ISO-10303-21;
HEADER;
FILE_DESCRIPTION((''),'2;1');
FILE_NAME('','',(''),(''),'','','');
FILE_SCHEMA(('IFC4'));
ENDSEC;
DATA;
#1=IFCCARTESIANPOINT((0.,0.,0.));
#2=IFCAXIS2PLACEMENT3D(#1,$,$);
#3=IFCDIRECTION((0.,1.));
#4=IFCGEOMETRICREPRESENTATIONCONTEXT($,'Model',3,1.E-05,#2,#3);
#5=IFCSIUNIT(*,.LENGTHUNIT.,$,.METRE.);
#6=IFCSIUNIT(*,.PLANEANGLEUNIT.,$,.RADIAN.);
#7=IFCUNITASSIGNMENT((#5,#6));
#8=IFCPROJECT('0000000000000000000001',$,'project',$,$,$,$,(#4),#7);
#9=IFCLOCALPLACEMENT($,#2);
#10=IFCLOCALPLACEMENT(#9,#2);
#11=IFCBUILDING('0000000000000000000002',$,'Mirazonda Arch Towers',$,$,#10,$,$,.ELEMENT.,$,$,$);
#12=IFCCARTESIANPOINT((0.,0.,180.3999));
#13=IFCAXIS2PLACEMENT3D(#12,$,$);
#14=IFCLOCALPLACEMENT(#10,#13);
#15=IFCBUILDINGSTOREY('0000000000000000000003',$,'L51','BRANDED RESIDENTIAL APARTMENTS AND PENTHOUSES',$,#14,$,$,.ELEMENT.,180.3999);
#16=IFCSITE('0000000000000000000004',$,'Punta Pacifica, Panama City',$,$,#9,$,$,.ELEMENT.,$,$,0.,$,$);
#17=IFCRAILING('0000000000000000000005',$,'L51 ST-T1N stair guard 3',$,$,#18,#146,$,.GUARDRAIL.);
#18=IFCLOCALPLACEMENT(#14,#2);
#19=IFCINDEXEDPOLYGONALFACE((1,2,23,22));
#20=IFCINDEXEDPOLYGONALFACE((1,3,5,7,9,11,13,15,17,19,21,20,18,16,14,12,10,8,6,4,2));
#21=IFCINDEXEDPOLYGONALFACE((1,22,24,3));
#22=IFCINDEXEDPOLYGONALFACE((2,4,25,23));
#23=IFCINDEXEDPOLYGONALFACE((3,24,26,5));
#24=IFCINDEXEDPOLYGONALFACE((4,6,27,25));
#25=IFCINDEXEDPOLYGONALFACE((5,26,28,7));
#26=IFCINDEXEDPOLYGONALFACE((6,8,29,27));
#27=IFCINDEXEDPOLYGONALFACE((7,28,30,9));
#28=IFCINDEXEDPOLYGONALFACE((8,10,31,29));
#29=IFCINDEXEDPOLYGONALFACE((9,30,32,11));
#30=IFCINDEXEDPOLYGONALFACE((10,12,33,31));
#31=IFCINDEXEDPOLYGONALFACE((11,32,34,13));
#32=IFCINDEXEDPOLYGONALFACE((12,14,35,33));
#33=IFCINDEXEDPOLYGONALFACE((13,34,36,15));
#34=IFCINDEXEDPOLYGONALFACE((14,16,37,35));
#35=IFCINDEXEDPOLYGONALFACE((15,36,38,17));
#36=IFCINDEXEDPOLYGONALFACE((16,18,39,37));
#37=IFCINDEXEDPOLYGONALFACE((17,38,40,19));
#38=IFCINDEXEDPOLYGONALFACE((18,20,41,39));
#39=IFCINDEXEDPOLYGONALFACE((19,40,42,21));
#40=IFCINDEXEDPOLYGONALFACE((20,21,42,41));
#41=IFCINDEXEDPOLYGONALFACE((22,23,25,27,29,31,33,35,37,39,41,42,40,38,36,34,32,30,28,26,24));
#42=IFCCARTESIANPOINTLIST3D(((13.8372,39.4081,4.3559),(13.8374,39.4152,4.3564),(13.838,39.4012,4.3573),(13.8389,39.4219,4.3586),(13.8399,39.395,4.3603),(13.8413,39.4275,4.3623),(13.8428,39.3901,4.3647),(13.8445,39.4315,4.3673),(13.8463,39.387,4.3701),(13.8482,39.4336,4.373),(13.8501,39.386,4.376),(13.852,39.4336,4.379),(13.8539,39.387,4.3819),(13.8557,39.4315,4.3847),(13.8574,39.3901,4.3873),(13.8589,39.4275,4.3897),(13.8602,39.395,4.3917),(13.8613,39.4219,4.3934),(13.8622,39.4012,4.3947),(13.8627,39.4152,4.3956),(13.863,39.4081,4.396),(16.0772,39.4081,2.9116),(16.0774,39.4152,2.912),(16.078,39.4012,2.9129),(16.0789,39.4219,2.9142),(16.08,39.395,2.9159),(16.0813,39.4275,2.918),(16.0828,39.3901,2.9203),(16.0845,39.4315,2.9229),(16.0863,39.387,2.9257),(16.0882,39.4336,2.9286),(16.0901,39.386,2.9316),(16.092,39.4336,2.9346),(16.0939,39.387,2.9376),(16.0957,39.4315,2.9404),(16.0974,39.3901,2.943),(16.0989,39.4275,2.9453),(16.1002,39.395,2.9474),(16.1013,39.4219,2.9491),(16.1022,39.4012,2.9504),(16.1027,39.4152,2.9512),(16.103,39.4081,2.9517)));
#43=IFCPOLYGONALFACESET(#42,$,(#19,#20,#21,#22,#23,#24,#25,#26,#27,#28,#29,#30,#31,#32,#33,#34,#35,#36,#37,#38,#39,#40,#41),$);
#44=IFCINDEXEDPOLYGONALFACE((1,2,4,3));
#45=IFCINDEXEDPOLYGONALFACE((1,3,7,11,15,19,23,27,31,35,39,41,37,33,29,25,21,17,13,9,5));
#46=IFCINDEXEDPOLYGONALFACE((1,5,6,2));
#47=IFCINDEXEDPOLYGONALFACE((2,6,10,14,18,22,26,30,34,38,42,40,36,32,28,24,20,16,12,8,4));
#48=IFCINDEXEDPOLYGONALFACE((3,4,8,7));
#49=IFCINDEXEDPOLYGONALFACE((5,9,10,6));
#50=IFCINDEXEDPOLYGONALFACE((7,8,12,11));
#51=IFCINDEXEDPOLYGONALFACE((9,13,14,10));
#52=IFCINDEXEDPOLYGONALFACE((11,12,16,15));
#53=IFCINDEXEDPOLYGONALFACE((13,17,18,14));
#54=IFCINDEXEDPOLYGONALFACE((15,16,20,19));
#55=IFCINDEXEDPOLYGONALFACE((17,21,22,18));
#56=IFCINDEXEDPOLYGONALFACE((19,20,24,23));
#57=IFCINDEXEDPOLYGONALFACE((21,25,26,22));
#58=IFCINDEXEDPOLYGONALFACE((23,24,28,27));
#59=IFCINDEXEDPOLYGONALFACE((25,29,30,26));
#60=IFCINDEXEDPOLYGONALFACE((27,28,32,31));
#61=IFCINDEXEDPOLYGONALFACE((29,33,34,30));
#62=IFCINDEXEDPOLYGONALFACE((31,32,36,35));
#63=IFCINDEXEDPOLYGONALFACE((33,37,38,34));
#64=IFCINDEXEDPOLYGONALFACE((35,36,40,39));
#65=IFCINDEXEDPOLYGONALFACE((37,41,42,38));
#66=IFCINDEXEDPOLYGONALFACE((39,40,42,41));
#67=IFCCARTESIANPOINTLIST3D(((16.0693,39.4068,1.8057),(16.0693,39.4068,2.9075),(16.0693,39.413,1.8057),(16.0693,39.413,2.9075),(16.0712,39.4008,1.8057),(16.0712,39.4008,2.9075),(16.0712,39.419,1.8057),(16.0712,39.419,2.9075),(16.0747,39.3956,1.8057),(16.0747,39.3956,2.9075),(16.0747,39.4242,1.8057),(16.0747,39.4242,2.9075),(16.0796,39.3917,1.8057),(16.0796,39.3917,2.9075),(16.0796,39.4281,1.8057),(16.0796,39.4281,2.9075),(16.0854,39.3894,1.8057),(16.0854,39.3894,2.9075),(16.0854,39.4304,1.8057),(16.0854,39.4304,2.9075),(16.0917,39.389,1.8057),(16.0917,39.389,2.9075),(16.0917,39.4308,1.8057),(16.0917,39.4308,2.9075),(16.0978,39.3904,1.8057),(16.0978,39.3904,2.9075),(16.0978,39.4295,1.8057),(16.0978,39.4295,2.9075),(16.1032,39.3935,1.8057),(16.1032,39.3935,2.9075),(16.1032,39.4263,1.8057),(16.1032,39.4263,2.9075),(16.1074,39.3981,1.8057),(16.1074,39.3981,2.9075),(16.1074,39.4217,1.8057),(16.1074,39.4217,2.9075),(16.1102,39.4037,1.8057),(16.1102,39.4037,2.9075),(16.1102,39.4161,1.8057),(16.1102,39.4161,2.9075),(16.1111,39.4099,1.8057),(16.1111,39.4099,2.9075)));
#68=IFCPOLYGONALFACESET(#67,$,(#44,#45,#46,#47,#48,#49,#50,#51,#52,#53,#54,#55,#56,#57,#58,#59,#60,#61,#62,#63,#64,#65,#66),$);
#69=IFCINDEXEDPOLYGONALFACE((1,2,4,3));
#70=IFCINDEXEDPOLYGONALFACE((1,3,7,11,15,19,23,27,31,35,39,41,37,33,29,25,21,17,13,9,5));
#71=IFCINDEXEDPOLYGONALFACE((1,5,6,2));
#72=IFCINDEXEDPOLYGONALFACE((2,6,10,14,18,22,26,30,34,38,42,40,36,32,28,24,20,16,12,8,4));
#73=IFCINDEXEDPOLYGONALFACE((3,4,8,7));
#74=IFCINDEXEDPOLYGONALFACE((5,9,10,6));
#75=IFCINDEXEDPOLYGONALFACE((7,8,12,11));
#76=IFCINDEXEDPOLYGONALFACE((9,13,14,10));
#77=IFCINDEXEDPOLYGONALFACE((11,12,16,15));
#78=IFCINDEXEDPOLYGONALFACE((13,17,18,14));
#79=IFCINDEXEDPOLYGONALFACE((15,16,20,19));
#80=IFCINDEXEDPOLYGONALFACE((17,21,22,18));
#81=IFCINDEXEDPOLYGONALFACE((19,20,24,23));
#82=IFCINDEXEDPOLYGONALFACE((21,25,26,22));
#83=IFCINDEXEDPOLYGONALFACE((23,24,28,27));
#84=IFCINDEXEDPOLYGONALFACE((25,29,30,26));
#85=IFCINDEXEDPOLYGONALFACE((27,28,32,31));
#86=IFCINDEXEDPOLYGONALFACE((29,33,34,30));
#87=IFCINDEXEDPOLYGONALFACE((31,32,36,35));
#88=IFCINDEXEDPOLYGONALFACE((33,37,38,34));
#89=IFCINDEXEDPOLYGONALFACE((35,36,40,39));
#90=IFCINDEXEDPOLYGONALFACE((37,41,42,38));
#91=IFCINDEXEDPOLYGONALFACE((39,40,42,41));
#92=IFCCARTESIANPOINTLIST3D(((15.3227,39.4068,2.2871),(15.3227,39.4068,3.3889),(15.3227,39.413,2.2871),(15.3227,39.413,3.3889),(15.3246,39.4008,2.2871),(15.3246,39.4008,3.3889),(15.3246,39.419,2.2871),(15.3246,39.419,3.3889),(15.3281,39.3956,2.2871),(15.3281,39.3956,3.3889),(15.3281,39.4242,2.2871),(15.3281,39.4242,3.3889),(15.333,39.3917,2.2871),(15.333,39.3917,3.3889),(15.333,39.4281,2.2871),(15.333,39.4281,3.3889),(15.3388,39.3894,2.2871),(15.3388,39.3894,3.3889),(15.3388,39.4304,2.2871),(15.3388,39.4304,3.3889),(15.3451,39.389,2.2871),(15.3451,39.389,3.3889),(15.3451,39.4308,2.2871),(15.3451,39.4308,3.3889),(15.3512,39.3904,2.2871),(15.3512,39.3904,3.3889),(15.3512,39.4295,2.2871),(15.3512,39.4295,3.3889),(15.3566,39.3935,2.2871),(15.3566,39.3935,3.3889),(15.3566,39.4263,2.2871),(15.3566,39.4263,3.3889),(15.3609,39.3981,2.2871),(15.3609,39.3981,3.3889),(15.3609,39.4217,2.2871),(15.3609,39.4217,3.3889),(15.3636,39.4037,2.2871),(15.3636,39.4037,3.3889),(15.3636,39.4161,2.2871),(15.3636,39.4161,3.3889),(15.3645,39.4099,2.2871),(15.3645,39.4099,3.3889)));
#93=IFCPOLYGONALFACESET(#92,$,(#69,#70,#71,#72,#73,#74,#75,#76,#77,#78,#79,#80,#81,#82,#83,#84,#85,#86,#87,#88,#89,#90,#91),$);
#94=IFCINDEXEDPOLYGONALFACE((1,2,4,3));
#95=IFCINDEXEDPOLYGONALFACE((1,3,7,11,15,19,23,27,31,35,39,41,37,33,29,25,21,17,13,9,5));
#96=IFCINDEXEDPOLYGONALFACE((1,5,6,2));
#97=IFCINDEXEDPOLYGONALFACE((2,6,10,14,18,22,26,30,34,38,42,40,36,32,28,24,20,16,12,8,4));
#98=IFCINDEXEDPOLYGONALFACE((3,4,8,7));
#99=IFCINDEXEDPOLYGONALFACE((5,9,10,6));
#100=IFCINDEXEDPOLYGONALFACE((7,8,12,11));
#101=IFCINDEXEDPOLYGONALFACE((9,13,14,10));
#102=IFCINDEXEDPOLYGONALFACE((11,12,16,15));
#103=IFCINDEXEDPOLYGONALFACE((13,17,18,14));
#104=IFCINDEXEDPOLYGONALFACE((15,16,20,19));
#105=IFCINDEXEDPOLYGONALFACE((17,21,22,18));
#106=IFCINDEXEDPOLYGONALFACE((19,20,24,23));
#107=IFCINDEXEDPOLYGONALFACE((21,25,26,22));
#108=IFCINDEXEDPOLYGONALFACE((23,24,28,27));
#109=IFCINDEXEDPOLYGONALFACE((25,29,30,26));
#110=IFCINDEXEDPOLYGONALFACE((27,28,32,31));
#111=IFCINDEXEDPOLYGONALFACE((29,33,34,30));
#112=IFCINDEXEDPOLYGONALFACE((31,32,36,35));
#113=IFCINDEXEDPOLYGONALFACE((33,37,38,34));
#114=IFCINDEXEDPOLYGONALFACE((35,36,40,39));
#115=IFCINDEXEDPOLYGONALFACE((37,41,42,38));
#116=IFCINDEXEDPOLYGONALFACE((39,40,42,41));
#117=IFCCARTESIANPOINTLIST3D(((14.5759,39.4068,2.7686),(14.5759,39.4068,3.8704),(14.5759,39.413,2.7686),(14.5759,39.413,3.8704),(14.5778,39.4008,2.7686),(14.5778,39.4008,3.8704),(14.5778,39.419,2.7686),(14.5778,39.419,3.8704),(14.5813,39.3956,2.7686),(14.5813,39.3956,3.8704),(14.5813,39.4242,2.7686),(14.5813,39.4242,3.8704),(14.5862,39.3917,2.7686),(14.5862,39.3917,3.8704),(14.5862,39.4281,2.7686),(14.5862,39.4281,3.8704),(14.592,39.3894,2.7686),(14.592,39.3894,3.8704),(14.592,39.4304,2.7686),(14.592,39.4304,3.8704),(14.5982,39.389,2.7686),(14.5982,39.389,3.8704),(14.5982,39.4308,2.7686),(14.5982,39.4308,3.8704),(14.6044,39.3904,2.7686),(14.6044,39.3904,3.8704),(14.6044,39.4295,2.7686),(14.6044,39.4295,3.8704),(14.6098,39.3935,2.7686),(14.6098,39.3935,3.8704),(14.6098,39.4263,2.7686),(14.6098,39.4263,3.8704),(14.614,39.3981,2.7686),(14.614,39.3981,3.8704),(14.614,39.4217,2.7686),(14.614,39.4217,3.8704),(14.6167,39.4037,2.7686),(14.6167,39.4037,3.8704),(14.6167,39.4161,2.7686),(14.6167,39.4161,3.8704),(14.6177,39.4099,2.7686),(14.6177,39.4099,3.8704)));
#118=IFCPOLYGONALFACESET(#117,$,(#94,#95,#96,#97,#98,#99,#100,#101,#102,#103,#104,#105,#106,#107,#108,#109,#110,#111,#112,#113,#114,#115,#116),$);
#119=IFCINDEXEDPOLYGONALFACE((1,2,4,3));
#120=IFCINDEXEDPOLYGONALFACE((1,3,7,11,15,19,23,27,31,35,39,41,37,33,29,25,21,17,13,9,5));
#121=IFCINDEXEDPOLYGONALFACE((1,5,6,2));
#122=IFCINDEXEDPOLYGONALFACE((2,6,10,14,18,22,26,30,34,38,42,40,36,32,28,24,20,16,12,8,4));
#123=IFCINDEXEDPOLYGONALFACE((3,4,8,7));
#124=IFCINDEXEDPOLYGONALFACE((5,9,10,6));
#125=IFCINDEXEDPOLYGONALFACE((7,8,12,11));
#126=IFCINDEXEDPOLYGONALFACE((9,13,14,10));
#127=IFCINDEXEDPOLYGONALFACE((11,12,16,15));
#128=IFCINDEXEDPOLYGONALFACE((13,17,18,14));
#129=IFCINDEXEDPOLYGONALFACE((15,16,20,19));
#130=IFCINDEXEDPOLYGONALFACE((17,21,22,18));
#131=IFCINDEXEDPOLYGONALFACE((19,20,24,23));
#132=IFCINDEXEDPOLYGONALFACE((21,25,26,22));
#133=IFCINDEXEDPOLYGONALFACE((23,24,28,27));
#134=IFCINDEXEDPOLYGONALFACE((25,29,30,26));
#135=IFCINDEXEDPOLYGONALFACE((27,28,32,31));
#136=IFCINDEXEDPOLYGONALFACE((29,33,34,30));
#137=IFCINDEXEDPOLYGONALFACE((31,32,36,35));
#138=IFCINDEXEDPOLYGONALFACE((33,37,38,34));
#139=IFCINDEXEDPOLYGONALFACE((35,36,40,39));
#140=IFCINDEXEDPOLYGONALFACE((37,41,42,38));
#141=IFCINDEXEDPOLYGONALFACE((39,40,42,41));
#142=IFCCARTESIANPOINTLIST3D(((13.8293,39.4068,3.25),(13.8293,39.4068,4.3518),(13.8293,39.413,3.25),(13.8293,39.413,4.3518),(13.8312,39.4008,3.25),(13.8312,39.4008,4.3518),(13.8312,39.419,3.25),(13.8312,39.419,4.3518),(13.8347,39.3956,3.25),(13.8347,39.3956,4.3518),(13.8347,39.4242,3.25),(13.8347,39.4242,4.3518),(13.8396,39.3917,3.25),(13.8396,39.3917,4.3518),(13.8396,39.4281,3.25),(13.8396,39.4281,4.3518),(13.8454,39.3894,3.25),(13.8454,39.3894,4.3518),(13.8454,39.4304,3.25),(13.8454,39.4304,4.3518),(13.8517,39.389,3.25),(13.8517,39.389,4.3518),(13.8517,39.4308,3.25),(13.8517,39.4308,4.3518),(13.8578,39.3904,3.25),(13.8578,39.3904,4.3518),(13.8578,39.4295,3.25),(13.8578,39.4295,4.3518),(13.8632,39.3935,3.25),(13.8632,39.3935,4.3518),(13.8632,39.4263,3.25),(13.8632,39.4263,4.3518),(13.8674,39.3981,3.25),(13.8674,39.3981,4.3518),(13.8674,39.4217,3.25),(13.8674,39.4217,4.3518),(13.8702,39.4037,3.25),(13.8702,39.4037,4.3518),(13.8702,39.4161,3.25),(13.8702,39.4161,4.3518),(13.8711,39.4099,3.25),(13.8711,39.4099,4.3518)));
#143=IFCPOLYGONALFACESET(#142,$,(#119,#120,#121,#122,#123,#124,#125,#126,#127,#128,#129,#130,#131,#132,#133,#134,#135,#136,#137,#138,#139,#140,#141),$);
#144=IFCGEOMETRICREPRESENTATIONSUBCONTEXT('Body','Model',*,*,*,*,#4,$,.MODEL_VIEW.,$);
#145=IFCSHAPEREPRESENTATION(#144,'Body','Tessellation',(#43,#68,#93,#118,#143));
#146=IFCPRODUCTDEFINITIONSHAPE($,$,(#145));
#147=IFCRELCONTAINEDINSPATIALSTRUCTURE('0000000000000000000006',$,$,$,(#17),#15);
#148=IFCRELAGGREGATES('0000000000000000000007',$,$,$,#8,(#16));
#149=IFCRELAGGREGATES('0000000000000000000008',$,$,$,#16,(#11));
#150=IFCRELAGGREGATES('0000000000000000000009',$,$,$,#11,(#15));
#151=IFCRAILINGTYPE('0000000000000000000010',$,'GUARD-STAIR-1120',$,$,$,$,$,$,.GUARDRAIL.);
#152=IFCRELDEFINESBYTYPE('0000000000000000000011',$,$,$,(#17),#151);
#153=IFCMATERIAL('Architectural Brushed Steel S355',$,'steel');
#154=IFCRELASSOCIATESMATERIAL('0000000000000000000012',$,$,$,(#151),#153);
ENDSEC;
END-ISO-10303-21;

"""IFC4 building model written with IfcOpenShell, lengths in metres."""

from ifc_helpers import new_model, si_unit, direction, frame, origin, origin_2d, place, context, subcontext, project, spatial, circle, extrude, material, type_object, element, save


model = new_model("IFC4")

# Units and contexts
model_context = context("Model", 3, precision=1e-05, world=origin(), true_north=direction((0.0, 1.0)))
body_context = subcontext(model_context, "Body", "Model", "MODEL_VIEW")
ifc_project = project(units=[si_unit("LENGTHUNIT", "METRE"), si_unit("PLANEANGLEUNIT", "RADIAN")], contexts=[model_context])

# Site, building, storey
site_placement = place(None, origin())
site = spatial("IfcSite", under=ifc_project, at=site_placement, Name="Punta Pacifica, Panama City", CompositionType="ELEMENT", RefElevation=0.0)
building_placement = place(site_placement, origin())
building = spatial("IfcBuilding", under=site, at=building_placement, Name="Mirazonda Arch Towers", CompositionType="ELEMENT")
storey_placement = place(building_placement, frame((0.0, 0.0, 180.3999)))
storey = spatial("IfcBuildingStorey", under=building, at=storey_placement, Name="L51", Description="BRANDED RESIDENTIAL APARTMENTS AND PENTHOUSES", CompositionType="ELEMENT", Elevation=180.3999)

# Railing
ifc_material_1 = material(Name="Architectural Brushed Steel S355", Category="steel")
railing_type_1 = type_object("IfcRailingType", Name="GUARD-STAIR-1120", PredefinedType="GUARDRAIL", material=ifc_material_1)
railing_1_placement = place(storey_placement, frame((16.0901, 39.4099, 1.8057)))
element("IfcRailing", 1, at=railing_1_placement, inside=storey, type_object=railing_type_1, Name="L51 ST-T1N stair guard 3", PredefinedType="GUARDRAIL", context=body_context, shape_type="SweptSolid", body=[
    extrude(circle(Radius=0.0239, at=origin_2d()), frame((0.0, 0.0, 1.126), z_axis=(-0.840437, 0.0, 0.54191), x_axis=(0.0, -1.0, 0.0)), (0.0, 0.0, 1.0), 2.6653),
    extrude(circle(Radius=0.021, at=origin_2d()), origin(), (0.0, 0.0, 1.0), 1.1018),
    extrude(circle(Radius=0.021, at=origin_2d()), frame((-0.7466, 0.0, 0.4814)), (0.0, 0.0, 1.0), 1.1018),
    extrude(circle(Radius=0.021, at=origin_2d()), frame((-1.4934, 0.0, 0.9629)), (0.0, 0.0, 1.0), 1.1018),
    extrude(circle(Radius=0.021, at=origin_2d()), frame((-2.24, 0.0, 1.4443)), (0.0, 0.0, 1.0), 1.1018),
])

save(model, "model.ifc")
